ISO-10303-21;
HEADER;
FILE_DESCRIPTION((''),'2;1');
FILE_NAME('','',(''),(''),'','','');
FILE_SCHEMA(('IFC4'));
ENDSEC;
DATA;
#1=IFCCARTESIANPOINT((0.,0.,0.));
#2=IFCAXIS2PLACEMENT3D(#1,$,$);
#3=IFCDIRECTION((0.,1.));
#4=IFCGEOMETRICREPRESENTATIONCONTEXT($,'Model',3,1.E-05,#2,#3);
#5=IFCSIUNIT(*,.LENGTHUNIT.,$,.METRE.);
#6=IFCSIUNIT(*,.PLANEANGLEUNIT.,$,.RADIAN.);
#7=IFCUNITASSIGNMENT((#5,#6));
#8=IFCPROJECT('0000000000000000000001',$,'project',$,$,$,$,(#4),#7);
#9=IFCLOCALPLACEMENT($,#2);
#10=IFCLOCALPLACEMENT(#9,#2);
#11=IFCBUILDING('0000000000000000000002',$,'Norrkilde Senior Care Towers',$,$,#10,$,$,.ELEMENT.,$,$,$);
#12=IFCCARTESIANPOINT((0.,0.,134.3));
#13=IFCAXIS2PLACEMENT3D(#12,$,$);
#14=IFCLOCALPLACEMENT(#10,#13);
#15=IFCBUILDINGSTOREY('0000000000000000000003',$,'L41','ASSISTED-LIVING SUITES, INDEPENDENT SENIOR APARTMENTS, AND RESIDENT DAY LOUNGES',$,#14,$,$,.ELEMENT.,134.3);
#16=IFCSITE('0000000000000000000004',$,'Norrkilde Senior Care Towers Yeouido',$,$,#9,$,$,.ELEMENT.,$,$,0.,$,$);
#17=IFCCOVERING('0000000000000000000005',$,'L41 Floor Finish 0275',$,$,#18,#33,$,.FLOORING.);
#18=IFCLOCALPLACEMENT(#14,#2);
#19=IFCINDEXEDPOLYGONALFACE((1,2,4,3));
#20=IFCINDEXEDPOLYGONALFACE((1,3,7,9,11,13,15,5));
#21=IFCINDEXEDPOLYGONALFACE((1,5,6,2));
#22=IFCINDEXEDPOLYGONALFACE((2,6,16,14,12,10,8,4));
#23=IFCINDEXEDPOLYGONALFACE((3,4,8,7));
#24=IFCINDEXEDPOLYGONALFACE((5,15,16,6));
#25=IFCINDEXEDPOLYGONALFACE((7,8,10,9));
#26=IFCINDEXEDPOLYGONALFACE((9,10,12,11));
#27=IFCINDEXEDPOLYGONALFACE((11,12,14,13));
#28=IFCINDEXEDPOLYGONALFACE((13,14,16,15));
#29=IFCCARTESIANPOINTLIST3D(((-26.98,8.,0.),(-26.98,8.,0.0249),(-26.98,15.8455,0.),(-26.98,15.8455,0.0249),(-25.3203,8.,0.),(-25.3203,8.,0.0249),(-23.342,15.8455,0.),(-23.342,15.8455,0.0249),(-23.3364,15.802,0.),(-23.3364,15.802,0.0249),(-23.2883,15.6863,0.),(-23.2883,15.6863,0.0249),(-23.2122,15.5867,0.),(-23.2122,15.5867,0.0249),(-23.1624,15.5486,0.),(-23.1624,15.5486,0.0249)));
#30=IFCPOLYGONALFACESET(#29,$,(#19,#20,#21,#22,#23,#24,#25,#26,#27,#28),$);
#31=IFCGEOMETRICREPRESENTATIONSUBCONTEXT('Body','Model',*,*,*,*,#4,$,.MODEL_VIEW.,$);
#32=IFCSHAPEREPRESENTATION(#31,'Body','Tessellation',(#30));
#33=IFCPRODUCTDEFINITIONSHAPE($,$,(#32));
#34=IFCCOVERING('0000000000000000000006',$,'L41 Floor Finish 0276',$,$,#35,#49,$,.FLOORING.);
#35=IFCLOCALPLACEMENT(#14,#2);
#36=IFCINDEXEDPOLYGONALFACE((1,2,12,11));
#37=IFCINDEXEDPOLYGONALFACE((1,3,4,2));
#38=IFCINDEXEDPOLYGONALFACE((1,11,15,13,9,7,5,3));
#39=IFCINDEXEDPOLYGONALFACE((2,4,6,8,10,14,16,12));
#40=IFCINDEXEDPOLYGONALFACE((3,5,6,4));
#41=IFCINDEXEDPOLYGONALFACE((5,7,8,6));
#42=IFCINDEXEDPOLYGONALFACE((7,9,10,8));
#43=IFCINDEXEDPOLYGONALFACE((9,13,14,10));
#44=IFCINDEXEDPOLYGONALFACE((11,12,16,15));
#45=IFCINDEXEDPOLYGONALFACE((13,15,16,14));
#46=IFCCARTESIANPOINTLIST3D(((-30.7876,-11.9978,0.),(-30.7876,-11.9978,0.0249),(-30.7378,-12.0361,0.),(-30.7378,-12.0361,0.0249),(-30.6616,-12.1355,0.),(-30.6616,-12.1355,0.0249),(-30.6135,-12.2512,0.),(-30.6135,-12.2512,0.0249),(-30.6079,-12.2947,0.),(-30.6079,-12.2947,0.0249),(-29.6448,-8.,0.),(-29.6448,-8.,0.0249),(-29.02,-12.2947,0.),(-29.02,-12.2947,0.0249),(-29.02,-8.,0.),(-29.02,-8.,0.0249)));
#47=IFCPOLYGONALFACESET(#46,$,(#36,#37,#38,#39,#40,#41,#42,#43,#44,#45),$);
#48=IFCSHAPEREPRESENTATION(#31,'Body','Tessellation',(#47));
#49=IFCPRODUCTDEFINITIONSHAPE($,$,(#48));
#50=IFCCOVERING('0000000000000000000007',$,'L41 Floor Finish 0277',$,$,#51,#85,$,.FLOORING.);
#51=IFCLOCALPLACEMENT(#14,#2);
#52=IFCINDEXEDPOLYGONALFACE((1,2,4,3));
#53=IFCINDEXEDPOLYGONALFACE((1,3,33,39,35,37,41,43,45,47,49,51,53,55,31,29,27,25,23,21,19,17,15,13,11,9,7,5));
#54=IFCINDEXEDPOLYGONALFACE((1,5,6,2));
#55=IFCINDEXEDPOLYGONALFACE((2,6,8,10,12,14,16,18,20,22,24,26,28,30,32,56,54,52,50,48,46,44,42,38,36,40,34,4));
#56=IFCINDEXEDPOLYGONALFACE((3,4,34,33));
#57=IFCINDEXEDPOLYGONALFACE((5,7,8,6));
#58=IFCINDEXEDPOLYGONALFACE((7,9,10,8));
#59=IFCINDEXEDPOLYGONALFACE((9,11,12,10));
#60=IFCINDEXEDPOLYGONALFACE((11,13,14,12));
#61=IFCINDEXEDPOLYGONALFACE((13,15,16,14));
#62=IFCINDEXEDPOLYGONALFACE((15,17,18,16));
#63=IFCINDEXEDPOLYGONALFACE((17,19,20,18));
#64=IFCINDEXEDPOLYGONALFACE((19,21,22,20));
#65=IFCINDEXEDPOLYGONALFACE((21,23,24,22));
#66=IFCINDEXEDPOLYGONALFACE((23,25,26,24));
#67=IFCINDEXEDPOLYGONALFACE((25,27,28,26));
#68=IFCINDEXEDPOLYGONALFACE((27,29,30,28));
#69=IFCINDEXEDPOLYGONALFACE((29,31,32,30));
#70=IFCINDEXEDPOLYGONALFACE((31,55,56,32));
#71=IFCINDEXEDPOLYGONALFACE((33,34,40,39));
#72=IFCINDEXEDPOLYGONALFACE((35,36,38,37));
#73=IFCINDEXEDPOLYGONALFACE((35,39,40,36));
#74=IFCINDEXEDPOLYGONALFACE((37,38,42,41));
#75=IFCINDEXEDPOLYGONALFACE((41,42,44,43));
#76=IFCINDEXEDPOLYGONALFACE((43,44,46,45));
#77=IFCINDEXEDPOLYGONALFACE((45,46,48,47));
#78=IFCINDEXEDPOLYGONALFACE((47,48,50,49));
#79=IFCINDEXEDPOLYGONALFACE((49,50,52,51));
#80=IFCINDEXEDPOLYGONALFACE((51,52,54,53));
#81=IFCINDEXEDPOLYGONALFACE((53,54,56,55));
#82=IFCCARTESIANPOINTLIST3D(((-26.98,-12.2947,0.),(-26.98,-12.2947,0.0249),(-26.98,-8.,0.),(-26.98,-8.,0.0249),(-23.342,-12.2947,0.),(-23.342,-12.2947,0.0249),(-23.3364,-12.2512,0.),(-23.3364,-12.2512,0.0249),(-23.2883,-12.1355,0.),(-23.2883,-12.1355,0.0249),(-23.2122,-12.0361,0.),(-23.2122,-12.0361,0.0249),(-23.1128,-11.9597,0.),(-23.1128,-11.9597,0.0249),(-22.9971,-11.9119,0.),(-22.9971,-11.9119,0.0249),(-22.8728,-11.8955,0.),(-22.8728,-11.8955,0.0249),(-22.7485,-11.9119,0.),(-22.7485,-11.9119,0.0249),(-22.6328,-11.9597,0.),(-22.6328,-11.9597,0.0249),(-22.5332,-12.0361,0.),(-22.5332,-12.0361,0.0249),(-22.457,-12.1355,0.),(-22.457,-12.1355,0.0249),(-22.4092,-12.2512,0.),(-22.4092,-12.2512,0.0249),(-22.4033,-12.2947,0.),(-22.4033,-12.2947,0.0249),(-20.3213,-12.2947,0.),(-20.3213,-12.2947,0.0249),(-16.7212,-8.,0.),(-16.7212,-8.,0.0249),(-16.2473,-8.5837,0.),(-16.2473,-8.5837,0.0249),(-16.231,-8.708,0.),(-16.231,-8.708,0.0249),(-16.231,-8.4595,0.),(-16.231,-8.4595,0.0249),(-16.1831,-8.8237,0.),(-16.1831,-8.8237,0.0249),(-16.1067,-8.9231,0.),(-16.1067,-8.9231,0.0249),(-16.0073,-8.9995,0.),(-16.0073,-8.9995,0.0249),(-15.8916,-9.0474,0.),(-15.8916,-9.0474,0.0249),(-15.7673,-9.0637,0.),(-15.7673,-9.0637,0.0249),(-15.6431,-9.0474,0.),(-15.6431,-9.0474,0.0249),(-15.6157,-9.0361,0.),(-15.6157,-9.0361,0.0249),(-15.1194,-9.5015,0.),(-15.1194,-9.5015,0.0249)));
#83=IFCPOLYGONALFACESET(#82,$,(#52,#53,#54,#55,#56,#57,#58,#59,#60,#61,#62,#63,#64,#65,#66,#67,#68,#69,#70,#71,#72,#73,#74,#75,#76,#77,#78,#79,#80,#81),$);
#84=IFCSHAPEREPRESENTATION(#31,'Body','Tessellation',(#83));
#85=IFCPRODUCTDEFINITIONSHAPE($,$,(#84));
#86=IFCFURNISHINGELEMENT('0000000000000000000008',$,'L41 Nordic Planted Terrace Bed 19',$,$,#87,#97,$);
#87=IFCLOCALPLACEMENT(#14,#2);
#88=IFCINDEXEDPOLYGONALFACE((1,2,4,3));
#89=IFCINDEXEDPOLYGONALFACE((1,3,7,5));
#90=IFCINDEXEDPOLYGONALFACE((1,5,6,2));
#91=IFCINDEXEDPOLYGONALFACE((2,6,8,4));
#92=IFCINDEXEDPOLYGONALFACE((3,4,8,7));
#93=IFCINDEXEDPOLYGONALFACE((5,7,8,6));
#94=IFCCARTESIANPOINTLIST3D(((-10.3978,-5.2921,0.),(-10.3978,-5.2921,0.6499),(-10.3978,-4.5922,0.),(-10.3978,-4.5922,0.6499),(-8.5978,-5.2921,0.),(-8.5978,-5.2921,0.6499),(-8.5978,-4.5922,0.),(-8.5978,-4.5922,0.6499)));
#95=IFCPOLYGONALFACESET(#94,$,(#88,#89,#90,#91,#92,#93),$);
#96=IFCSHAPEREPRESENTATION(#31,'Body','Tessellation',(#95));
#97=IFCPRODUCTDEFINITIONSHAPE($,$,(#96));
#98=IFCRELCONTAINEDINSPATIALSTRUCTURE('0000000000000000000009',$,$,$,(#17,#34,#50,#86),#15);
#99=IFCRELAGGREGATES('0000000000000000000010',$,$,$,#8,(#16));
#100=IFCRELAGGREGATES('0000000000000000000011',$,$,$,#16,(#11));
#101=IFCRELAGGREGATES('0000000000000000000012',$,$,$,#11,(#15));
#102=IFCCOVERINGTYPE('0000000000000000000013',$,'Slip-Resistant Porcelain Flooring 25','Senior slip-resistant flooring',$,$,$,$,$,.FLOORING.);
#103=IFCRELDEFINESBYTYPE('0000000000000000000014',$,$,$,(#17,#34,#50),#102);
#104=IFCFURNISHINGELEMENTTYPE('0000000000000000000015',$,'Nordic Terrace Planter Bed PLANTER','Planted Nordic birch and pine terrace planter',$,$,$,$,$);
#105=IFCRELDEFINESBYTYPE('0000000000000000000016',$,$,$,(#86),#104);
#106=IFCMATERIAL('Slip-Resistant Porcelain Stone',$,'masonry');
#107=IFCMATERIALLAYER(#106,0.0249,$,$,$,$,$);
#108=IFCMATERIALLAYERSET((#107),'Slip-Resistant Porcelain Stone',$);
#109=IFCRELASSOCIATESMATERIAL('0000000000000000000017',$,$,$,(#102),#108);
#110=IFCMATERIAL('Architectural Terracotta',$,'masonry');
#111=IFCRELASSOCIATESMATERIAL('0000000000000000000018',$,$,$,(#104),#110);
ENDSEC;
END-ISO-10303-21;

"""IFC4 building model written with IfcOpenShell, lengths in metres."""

from ifc_helpers import new_model, si_unit, direction, frame, origin, origin_2d, place, context, subcontext, project, spatial, polyline, rectangle, outline, extrude, source, transform, mapped, material, layer, layer_set, type_object, type_shapes, element, save


model = new_model("IFC4")

# Units and contexts
model_context = context("Model", 3, precision=1e-05, world=origin(), true_north=direction((0.0, 1.0)))
body_context = subcontext(model_context, "Body", "Model", "MODEL_VIEW")
ifc_project = project(units=[si_unit("LENGTHUNIT", "METRE"), si_unit("PLANEANGLEUNIT", "RADIAN")], contexts=[model_context])

# Site, building, storey
site_placement = place(None, origin())
site = spatial("IfcSite", under=ifc_project, at=site_placement, Name="Norrkilde Senior Care Towers Yeouido", CompositionType="ELEMENT", RefElevation=0.0)
building_placement = place(site_placement, origin())
building = spatial("IfcBuilding", under=site, at=building_placement, Name="Norrkilde Senior Care Towers", CompositionType="ELEMENT")
storey_placement = place(building_placement, frame((0.0, 0.0, 134.3)))
storey = spatial("IfcBuildingStorey", under=building, at=storey_placement, Name="L41", Description="ASSISTED-LIVING SUITES, INDEPENDENT SENIOR APARTMENTS, AND RESIDENT DAY LOUNGES", CompositionType="ELEMENT", Elevation=134.3)

# Coverings
ifc_material_1 = material(Name="Slip-Resistant Porcelain Stone", Category="masonry")
ifc_layer_1 = layer(ifc_material_1, 0.0249)
ifc_layer_set_1 = layer_set([ifc_layer_1], Name="Slip-Resistant Porcelain Stone")
covering_type_1 = type_object("IfcCoveringType", Name="Slip-Resistant Porcelain Flooring 25", Description="Senior slip-resistant flooring", PredefinedType="FLOORING", material=ifc_layer_set_1)
covering_1_placement = place(storey_placement, origin())
element("IfcCovering", 1, at=covering_1_placement, inside=storey, type_object=covering_type_1, Name="L41 Floor Finish 0275", PredefinedType="FLOORING", context=body_context, shape_type="SweptSolid", body=[
    extrude(outline(polyline([(-25.3203, 8.0), (-26.98, 8.0), (-26.98, 15.8455), (-23.342, 15.8455), (-23.3364, 15.802), (-23.2883, 15.6863), (-23.2122, 15.5867), (-23.1624, 15.5486), (-25.3203, 8.0)])), origin(), (0.0, 0.0, 1.0), 0.0249),
])
covering_2_placement = place(storey_placement, origin())
element("IfcCovering", 2, at=covering_2_placement, inside=storey, type_object=covering_type_1, Name="L41 Floor Finish 0276", PredefinedType="FLOORING", context=body_context, shape_type="SweptSolid", body=[
    extrude(outline(polyline([(-29.6448, -8.0), (-29.02, -8.0), (-29.02, -12.2947), (-30.6079, -12.2947), (-30.6135, -12.2512), (-30.6616, -12.1355), (-30.7378, -12.0361), (-30.7876, -11.9978), (-29.6448, -8.0)])), origin(), (0.0, 0.0, 1.0), 0.0249),
])
covering_3_placement = place(storey_placement, origin())
element("IfcCovering", 3, at=covering_3_placement, inside=storey, type_object=covering_type_1, Name="L41 Floor Finish 0277", PredefinedType="FLOORING", context=body_context, shape_type="SweptSolid", body=[
    extrude(outline(polyline([(-22.4033, -12.2947), (-22.4092, -12.2512), (-22.457, -12.1355), (-22.5332, -12.0361), (-22.6328, -11.9597), (-22.7485, -11.9119), (-22.8728, -11.8955), (-22.9971, -11.9119), (-23.1128, -11.9597), (-23.2122, -12.0361), (-23.2883, -12.1355), (-23.3364, -12.2512), (-23.342, -12.2947), (-26.98, -12.2947), (-26.98, -8.0), (-16.7212, -8.0), (-16.231, -8.4595), (-16.231, -8.4595), (-16.2473, -8.5837), (-16.231, -8.708), (-16.1831, -8.8237), (-16.1067, -8.9231), (-16.0073, -8.9995), (-15.8916, -9.0474), (-15.7673, -9.0637), (-15.6431, -9.0474), (-15.6157, -9.0361), (-15.1194, -9.5015), (-20.3213, -12.2947), (-22.4033, -12.2947)])), origin(), (0.0, 0.0, 1.0), 0.0249),
])

# Furnishing element
ifc_material_2 = material(Name="Architectural Terracotta", Category="masonry")
furnishing_element_type = type_object("IfcFurnishingElementType", Name="Nordic Terrace Planter Bed PLANTER", Description="Planted Nordic birch and pine terrace planter", material=ifc_material_2)
shared_shape_1 = source(origin(), body_context, "Body", "SweptSolid", [
    extrude(rectangle(XDim=1.8, YDim=0.7, at=origin_2d()), origin(), (0.0, 0.0, 1.0), 0.6499),
])
type_shapes(furnishing_element_type, [shared_shape_1])
furnishing_placement = place(storey_placement, frame((-9.4978, -4.9421, 0.0), z_axis=(0.0, 0.0, 1.0), x_axis=(1.0, 0.0, 0.0)))
element("IfcFurnishingElement", 4, at=furnishing_placement, inside=storey, type_object=furnishing_element_type, Name="L41 Nordic Planted Terrace Bed 19", context=body_context, shape_type="MappedRepresentation", body=[
    mapped(shared_shape_1, transform((0.0, 0.0, 0.0), x_axis=(1.0, 0.0, 0.0), y_axis=(0.0, 1.0, 0.0), z_axis=(0.0, 0.0, 1.0), scale=1.0)),
])

save(model, "model.ifc")
